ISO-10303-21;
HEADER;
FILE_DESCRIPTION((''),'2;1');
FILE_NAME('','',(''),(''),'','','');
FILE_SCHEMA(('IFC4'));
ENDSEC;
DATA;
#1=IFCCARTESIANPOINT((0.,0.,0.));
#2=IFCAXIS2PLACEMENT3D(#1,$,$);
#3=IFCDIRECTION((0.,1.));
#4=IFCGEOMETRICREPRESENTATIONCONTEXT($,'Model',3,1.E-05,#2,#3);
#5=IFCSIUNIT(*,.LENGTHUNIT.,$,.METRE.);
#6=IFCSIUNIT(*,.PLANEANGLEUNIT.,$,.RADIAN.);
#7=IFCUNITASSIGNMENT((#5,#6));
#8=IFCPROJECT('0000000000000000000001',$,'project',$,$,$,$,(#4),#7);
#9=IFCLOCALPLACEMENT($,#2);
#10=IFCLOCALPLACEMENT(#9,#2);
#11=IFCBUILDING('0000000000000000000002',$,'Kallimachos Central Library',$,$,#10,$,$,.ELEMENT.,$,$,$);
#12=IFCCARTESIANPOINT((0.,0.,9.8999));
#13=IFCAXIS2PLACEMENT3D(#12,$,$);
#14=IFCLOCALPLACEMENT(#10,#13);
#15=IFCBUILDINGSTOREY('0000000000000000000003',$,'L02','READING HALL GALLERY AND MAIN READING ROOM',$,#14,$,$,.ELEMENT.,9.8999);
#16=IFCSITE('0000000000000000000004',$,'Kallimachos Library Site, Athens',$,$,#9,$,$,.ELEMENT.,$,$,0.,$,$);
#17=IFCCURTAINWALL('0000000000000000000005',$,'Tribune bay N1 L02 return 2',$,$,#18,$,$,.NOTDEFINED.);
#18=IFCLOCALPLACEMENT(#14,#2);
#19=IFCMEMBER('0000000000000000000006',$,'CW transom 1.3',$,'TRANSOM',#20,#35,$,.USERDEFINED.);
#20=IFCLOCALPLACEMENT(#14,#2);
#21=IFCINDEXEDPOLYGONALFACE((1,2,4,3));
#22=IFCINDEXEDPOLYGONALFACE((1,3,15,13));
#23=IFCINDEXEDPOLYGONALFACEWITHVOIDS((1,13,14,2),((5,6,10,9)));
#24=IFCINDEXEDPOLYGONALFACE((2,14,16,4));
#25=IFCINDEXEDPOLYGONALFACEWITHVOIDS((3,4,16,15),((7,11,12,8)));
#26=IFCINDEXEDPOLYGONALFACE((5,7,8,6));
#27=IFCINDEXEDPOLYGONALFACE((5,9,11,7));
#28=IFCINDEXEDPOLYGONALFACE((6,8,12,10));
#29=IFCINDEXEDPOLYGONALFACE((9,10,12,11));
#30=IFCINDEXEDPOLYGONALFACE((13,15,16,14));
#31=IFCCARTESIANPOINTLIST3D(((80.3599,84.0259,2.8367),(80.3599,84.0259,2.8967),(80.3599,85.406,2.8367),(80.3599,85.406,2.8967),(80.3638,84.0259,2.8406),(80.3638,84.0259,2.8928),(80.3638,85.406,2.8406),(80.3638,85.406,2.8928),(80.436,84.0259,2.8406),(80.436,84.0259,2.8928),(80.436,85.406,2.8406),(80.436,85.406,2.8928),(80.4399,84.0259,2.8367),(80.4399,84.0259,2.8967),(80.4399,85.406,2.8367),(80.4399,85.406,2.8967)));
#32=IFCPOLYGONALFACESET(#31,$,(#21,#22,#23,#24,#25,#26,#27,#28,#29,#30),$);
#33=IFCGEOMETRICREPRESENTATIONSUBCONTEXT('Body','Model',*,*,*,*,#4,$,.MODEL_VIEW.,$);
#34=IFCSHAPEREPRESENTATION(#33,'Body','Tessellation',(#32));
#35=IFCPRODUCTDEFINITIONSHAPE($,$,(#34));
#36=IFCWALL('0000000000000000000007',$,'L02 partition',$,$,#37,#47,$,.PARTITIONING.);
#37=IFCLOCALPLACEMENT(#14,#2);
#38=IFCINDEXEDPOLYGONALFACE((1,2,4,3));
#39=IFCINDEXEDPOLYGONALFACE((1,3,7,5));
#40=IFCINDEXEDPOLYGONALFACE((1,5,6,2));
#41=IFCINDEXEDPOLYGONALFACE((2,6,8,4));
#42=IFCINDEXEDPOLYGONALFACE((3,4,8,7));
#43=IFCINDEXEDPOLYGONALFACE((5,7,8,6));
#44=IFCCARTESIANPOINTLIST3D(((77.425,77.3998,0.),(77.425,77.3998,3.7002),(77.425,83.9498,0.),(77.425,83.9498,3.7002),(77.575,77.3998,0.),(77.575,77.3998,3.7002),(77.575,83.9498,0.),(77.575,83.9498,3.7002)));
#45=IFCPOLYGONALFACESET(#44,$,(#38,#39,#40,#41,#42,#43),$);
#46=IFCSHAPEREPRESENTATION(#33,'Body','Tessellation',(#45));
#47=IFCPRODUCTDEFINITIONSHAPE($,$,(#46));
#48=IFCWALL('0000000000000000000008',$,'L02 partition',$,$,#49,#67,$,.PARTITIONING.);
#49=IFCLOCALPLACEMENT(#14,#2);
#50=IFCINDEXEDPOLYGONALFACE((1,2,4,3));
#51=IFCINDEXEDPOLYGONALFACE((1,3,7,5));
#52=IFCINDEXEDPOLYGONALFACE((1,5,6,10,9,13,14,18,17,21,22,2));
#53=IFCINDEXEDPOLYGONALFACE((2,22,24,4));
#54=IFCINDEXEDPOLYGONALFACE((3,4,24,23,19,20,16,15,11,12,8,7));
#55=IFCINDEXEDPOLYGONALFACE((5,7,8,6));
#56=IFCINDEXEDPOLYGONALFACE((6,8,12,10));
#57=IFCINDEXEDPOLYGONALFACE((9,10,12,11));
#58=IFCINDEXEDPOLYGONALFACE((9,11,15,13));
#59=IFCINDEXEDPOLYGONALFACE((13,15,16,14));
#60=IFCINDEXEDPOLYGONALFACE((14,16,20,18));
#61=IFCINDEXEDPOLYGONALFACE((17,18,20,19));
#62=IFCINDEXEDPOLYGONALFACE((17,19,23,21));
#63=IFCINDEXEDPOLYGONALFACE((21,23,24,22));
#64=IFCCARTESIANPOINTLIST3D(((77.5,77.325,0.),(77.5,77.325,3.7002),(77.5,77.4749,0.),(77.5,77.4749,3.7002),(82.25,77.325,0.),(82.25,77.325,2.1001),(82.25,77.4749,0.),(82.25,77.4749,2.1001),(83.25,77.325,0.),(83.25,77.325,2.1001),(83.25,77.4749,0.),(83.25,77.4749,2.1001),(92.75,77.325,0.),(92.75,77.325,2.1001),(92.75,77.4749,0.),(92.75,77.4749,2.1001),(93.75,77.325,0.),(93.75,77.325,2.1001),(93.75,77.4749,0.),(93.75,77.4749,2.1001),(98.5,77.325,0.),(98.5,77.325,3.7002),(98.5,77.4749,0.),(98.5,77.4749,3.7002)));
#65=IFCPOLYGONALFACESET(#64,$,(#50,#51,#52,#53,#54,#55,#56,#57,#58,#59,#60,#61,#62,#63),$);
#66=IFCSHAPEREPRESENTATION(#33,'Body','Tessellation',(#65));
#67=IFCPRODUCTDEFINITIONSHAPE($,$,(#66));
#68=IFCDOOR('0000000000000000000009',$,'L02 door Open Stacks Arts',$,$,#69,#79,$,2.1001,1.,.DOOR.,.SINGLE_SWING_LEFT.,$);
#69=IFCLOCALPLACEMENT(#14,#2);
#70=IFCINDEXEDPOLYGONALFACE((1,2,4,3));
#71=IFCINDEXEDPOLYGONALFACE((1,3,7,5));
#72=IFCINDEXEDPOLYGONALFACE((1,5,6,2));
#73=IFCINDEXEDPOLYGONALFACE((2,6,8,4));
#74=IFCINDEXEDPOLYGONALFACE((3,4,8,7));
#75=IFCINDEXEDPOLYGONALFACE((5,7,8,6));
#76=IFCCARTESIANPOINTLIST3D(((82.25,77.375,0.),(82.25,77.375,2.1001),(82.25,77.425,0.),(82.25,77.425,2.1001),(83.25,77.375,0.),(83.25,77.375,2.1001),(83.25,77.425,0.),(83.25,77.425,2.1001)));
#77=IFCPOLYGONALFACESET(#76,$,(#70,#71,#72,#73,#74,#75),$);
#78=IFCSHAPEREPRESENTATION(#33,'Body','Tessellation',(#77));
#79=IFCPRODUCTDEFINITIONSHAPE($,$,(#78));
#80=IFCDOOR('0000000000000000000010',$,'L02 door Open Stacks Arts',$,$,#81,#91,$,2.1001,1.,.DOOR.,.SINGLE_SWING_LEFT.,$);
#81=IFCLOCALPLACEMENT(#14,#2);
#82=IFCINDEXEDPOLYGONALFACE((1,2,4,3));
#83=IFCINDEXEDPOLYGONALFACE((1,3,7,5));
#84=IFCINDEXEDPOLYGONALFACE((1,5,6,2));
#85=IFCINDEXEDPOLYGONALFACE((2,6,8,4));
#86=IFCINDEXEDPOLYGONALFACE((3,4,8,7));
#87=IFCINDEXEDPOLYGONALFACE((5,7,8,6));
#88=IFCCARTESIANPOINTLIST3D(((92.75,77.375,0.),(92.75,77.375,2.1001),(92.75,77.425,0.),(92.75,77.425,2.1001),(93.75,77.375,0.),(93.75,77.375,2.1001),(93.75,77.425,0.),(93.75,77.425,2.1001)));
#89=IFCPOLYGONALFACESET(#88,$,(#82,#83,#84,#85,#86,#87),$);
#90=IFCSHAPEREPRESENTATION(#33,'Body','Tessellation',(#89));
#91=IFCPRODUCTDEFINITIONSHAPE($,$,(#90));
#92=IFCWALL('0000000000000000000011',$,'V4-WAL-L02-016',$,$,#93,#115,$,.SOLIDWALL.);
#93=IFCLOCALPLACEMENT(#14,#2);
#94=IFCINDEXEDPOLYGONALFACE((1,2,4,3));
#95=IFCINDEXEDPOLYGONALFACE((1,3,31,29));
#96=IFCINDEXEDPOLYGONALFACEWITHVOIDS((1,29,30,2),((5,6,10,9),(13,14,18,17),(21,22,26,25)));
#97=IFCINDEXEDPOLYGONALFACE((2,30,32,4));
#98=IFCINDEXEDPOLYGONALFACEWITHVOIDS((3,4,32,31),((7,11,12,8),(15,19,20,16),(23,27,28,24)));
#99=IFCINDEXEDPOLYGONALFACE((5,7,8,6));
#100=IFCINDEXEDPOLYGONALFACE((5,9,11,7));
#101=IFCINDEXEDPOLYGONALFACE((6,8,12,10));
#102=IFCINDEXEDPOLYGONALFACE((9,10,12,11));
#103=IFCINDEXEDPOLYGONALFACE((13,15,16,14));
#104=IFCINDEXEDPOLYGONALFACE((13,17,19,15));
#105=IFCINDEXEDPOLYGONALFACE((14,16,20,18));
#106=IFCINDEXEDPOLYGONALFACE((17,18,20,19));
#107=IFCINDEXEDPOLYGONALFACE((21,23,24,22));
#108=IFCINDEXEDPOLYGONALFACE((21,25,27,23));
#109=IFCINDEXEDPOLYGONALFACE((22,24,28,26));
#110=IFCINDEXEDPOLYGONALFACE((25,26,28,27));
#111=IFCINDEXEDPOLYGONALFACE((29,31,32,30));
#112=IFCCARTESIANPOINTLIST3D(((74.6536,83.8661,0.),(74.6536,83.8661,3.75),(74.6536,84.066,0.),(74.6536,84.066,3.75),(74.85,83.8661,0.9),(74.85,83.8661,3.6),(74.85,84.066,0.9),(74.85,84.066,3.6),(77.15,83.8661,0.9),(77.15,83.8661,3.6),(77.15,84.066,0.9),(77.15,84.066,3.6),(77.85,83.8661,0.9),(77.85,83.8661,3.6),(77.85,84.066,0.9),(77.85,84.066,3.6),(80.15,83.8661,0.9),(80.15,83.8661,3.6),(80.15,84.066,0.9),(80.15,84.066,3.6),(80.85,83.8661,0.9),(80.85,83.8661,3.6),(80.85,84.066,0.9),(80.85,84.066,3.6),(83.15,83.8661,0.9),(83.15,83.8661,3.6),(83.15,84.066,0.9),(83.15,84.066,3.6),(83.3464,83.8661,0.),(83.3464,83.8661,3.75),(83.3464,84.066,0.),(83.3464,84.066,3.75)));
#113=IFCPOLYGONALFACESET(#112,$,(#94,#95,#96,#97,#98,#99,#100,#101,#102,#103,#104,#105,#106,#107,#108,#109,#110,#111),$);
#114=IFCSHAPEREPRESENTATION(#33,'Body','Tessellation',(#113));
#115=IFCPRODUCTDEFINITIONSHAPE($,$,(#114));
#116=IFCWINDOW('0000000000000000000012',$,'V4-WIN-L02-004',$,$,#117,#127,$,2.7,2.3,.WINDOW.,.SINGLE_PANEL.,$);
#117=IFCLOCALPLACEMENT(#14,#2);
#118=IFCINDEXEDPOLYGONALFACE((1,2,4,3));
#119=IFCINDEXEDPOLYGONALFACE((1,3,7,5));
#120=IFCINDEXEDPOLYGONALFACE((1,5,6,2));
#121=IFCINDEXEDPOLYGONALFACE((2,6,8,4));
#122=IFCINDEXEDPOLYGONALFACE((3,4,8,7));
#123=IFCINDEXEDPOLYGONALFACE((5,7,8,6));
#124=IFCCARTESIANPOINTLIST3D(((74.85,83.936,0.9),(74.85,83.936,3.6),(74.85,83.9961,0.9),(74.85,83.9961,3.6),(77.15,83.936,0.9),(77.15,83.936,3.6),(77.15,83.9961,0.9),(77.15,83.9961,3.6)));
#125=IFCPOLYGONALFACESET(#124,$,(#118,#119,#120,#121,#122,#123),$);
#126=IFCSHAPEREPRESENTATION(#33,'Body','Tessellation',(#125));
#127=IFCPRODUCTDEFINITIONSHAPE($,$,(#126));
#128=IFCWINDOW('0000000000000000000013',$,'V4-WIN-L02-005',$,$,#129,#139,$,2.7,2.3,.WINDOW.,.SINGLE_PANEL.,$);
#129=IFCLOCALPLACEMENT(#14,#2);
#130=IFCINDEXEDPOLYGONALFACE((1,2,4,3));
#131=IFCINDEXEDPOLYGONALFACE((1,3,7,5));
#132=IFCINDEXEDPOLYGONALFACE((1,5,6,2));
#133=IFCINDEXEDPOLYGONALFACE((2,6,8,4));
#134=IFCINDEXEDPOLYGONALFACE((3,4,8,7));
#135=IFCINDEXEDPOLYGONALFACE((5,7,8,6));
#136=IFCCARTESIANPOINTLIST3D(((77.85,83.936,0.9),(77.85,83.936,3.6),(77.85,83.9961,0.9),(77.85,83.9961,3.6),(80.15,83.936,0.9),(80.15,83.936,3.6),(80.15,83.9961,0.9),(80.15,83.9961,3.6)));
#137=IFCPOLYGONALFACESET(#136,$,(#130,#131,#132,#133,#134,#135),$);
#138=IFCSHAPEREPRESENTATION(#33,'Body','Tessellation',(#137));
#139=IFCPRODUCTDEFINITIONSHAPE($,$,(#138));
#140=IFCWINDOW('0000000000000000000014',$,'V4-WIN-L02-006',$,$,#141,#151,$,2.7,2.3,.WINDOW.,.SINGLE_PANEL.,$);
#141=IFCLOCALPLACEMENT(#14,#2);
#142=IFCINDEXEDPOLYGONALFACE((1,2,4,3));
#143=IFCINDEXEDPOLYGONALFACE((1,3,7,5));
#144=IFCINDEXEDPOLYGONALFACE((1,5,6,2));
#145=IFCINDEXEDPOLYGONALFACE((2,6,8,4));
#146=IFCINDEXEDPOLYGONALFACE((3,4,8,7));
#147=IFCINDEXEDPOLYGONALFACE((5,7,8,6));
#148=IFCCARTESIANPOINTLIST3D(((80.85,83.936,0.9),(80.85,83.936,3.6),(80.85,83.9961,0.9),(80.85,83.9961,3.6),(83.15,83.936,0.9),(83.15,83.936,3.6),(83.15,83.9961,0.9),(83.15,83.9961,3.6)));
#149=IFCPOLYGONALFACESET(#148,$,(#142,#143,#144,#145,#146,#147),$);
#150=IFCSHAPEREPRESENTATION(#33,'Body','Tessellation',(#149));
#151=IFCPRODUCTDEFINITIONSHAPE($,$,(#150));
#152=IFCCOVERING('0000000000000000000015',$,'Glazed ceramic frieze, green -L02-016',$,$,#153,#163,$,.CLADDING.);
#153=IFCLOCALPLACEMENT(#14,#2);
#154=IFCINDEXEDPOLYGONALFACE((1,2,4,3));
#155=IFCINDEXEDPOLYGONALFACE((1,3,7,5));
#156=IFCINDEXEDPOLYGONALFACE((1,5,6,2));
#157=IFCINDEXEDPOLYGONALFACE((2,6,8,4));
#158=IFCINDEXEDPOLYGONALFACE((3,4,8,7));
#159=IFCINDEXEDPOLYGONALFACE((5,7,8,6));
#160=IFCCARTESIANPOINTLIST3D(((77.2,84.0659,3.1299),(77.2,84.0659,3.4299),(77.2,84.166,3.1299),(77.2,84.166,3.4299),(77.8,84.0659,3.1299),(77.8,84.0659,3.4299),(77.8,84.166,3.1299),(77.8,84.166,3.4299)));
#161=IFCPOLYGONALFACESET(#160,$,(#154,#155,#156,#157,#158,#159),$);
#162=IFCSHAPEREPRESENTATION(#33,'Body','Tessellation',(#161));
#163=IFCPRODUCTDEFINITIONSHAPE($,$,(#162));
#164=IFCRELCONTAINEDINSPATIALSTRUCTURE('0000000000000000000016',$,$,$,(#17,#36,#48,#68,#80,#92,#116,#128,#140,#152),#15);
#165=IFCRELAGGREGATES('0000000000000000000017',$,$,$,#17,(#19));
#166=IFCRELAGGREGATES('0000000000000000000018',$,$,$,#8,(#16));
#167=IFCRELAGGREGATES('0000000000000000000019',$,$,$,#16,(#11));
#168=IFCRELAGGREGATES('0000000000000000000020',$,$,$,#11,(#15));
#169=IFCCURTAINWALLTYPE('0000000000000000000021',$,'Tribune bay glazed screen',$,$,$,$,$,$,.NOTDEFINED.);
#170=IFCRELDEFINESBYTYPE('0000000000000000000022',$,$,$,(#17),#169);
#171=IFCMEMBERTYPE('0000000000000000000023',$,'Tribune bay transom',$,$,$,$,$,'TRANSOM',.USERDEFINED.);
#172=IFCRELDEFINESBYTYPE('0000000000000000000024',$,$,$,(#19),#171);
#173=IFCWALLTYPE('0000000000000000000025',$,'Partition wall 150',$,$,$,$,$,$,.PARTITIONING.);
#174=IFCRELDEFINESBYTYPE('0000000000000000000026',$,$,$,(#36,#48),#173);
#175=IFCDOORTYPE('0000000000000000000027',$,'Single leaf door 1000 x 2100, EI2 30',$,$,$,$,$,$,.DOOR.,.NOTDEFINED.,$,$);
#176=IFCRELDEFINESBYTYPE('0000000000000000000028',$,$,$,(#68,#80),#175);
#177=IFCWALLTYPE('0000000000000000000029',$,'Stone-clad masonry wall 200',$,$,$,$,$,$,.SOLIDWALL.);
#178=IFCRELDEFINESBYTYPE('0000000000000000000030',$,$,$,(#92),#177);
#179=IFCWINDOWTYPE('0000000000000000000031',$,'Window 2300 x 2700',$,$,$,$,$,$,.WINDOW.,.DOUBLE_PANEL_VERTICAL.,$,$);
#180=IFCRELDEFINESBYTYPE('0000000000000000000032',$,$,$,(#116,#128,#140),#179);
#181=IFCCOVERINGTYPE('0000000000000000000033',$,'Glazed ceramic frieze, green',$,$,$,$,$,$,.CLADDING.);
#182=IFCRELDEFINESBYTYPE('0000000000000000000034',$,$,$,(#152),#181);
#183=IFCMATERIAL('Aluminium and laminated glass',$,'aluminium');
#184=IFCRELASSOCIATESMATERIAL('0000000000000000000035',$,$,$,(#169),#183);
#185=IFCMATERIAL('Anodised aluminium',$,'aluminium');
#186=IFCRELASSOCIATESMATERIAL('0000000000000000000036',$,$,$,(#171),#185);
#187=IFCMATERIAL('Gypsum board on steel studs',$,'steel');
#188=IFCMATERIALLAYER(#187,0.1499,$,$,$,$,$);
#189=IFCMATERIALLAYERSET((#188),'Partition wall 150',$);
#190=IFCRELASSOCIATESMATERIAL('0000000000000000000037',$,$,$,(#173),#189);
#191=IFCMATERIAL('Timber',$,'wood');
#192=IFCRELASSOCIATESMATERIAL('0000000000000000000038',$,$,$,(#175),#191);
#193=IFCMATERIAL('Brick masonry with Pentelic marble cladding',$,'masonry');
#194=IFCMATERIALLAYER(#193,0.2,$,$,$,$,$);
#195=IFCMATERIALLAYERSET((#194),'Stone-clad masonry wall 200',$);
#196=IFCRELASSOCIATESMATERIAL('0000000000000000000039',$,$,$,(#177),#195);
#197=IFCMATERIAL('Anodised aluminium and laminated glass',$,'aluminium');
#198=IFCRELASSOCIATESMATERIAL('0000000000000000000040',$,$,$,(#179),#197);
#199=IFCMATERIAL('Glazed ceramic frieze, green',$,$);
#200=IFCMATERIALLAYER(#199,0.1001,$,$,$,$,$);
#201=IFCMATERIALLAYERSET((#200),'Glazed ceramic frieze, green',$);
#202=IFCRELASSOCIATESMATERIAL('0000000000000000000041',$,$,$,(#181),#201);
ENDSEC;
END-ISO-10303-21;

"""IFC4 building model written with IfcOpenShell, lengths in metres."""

from ifc_helpers import new_model, si_unit, direction, frame, frame_2d, origin, origin_2d, place, context, subcontext, project, spatial, rectangle, hollow_rectangle, extrude, material, layer, layer_set, material_profile, profile_set, type_object, element, fill, aggregate, save


model = new_model("IFC4")

# Units and contexts
model_context = context("Model", 3, precision=1e-05, world=origin(), true_north=direction((0.0, 1.0)))
body_context = subcontext(model_context, "Body", "Model", "MODEL_VIEW")
ifc_project = project(units=[si_unit("LENGTHUNIT", "METRE"), si_unit("PLANEANGLEUNIT", "RADIAN")], contexts=[model_context])

# Site, building, storey
site_placement = place(None, origin())
site = spatial("IfcSite", under=ifc_project, at=site_placement, Name="Kallimachos Library Site, Athens", CompositionType="ELEMENT", RefElevation=0.0)
building_placement = place(site_placement, origin())
building = spatial("IfcBuilding", under=site, at=building_placement, Name="Kallimachos Central Library", CompositionType="ELEMENT")
storey_placement = place(building_placement, frame((0.0, 0.0, 9.8999)))
storey = spatial("IfcBuildingStorey", under=building, at=storey_placement, Name="L02", Description="READING HALL GALLERY AND MAIN READING ROOM", CompositionType="ELEMENT", Elevation=9.8999)

# Curtain wall
ifc_material_1 = material(Name="Aluminium and laminated glass", Category="aluminium")
curtain_wall_type = type_object("IfcCurtainWallType", Name="Tribune bay glazed screen", PredefinedType="NOTDEFINED", material=ifc_material_1)
curtain_wall_1_placement = place(storey_placement, origin())
curtain_wall_1 = element("IfcCurtainWall", 1, at=curtain_wall_1_placement, inside=storey, type_object=curtain_wall_type, Name="Tribune bay N1 L02 return 2", PredefinedType="NOTDEFINED")
ifc_material_2 = material(Name="Anodised aluminium", Category="aluminium")
ifc_material_profile_1 = material_profile(ifc_material_2, hollow_rectangle(XDim=0.0601, YDim=0.0801, WallThickness=0.0039, at=origin_2d()), Name="ALU TRANSOM 60x80")
ifc_profile_set_1 = profile_set([ifc_material_profile_1], Name="Anodised aluminium")
member_type_1 = type_object("IfcMemberType", Name="Tribune bay transom", ElementType="TRANSOM", PredefinedType="USERDEFINED", material=ifc_profile_set_1)

# Member
member_1_placement = place(storey_placement, frame((80.3999, 84.0259, 2.8667), z_axis=(0.0, 1.0, 0.0), x_axis=(0.0, 0.0, 1.0)))
member_1 = element("IfcMember", 2, at=member_1_placement, type_object=member_type_1, Name="CW transom 1.3", ObjectType="TRANSOM", PredefinedType="USERDEFINED", context=body_context, shape_type="SweptSolid", body=[
    extrude(hollow_rectangle(XDim=0.0601, YDim=0.0801, WallThickness=0.0039, at=origin_2d()), origin(), (0.0, 0.0, 1.0), 1.3801),
])
aggregate(curtain_wall_1, [member_1])

# Wall
ifc_material_3 = material(Name="Gypsum board on steel studs", Category="steel")
ifc_layer_1 = layer(ifc_material_3, 0.1499)
ifc_layer_set_1 = layer_set([ifc_layer_1], Name="Partition wall 150")
wall_type_1 = type_object("IfcWallType", Name="Partition wall 150", PredefinedType="PARTITIONING", material=ifc_layer_set_1)
wall_1_placement = place(storey_placement, frame((77.5, 77.3999, 0.0), z_axis=(0.0, 0.0, 1.0), x_axis=(0.0, 1.0, 0.0)))
element("IfcWall", 3, at=wall_1_placement, inside=storey, type_object=wall_type_1, Name="L02 partition", PredefinedType="PARTITIONING", context=body_context, shape_type="SweptSolid", body=[
    extrude(rectangle(XDim=6.55, YDim=0.1499, at=frame_2d((3.2749, 0.0))), origin(), (0.0, 0.0, 1.0), 3.7002),
])

# Wall, openings, doors
wall_2_placement = place(storey_placement, frame((77.5, 77.3999, 0.0), z_axis=(0.0, 0.0, 1.0), x_axis=(1.0, 0.0, 0.0)))
wall_2 = element("IfcWall", 4, at=wall_2_placement, inside=storey, type_object=wall_type_1, Name="L02 partition", PredefinedType="PARTITIONING", context=body_context, shape_type="SweptSolid", body=[
    extrude(rectangle(XDim=21.0, YDim=0.1499, at=frame_2d((10.5, 0.0))), origin(), (0.0, 0.0, 1.0), 3.7002),
])
opening_1_placement = place(wall_2_placement, frame((4.75, 0.0, 0.0)))
opening_1 = element("IfcOpeningElement", 5, at=opening_1_placement, cuts=wall_2, PredefinedType="OPENING", context=body_context, shape_type="SweptSolid", body=[
    extrude(rectangle(XDim=1.0, YDim=2.1001, at=frame_2d((0.5, 1.05))), frame((0.0, 0.085, 0.0), z_axis=(0.0, -1.0, 0.0), x_axis=(1.0, 0.0, 0.0)), (0.0, 0.0, 1.0), 0.1699),
])
opening_2_placement = place(wall_2_placement, frame((15.25, 0.0, 0.0)))
opening_2 = element("IfcOpeningElement", 6, at=opening_2_placement, cuts=wall_2, PredefinedType="OPENING", context=body_context, shape_type="SweptSolid", body=[
    extrude(rectangle(XDim=1.0, YDim=2.1001, at=frame_2d((0.5, 1.05))), frame((0.0, 0.085, 0.0), z_axis=(0.0, -1.0, 0.0), x_axis=(1.0, 0.0, 0.0)), (0.0, 0.0, 1.0), 0.1699),
])
ifc_material_4 = material(Name="Timber", Category="wood")
door_type = type_object("IfcDoorType", Name="Single leaf door 1000 x 2100, EI2 30", OperationType="NOTDEFINED", PredefinedType="DOOR", material=ifc_material_4)
door_1_placement = place(opening_1_placement, frame((1.0, 0.0, 0.0), z_axis=(0.0, 0.0, 1.0), x_axis=(-1.0, 0.0, 0.0)))
door_1 = element("IfcDoor", 7, at=door_1_placement, inside=storey, type_object=door_type, Name="L02 door Open Stacks Arts", OperationType="SINGLE_SWING_LEFT", OverallHeight=2.1001, OverallWidth=1.0, PredefinedType="DOOR", context=body_context, shape_type="SweptSolid", body=[
    extrude(rectangle(XDim=1.0, YDim=2.1001, at=frame_2d((0.5, 1.05))), frame((0.0, 0.0249, 0.0), z_axis=(0.0, -1.0, 0.0), x_axis=(1.0, 0.0, 0.0)), (0.0, 0.0, 1.0), 0.05),
])
fill(opening_1, door_1)
door_2_placement = place(opening_2_placement, frame((1.0, 0.0, 0.0), z_axis=(0.0, 0.0, 1.0), x_axis=(-1.0, 0.0, 0.0)))
door_2 = element("IfcDoor", 8, at=door_2_placement, inside=storey, type_object=door_type, Name="L02 door Open Stacks Arts", OperationType="SINGLE_SWING_LEFT", OverallHeight=2.1001, OverallWidth=1.0, PredefinedType="DOOR", context=body_context, shape_type="SweptSolid", body=[
    extrude(rectangle(XDim=1.0, YDim=2.1001, at=frame_2d((0.5, 1.05))), frame((0.0, 0.0249, 0.0), z_axis=(0.0, -1.0, 0.0), x_axis=(1.0, 0.0, 0.0)), (0.0, 0.0, 1.0), 0.05),
])
fill(opening_2, door_2)

# Wall, openings, windows
ifc_material_5 = material(Name="Brick masonry with Pentelic marble cladding", Category="masonry")
ifc_layer_2 = layer(ifc_material_5, 0.2)
ifc_layer_set_2 = layer_set([ifc_layer_2], Name="Stone-clad masonry wall 200")
wall_type_2 = type_object("IfcWallType", Name="Stone-clad masonry wall 200", PredefinedType="SOLIDWALL", material=ifc_layer_set_2)
wall_3_placement = place(storey_placement, frame((74.6536, 83.9661, 0.0), z_axis=(0.0, 0.0, 1.0), x_axis=(1.0, 0.0, 0.0)))
wall_3 = element("IfcWall", 9, at=wall_3_placement, inside=storey, type_object=wall_type_2, Name="V4-WAL-L02-016", PredefinedType="SOLIDWALL", context=body_context, shape_type="SweptSolid", body=[
    extrude(rectangle(XDim=8.6929, YDim=0.2, at=frame_2d((4.3464, 0.0))), origin(), (0.0, 0.0, 1.0), 3.75),
])
opening_3_placement = place(wall_3_placement, frame((0.1965, 0.0, 0.8999)))
opening_3 = element("IfcOpeningElement", 10, at=opening_3_placement, cuts=wall_3, PredefinedType="OPENING", context=body_context, shape_type="SweptSolid", body=[
    extrude(rectangle(XDim=2.3, YDim=2.7, at=frame_2d((1.1499, 1.3501))), frame((0.0, 0.1099, 0.0), z_axis=(0.0, -1.0, 0.0), x_axis=(1.0, 0.0, 0.0)), (0.0, 0.0, 1.0), 0.22),
])
opening_4_placement = place(wall_3_placement, frame((3.1965, 0.0, 0.8999)))
opening_4 = element("IfcOpeningElement", 11, at=opening_4_placement, cuts=wall_3, PredefinedType="OPENING", context=body_context, shape_type="SweptSolid", body=[
    extrude(rectangle(XDim=2.3, YDim=2.7, at=frame_2d((1.1499, 1.3501))), frame((0.0, 0.1099, 0.0), z_axis=(0.0, -1.0, 0.0), x_axis=(1.0, 0.0, 0.0)), (0.0, 0.0, 1.0), 0.22),
])
opening_5_placement = place(wall_3_placement, frame((6.1965, 0.0, 0.8999)))
opening_5 = element("IfcOpeningElement", 12, at=opening_5_placement, cuts=wall_3, PredefinedType="OPENING", context=body_context, shape_type="SweptSolid", body=[
    extrude(rectangle(XDim=2.3, YDim=2.7, at=frame_2d((1.1499, 1.3501))), frame((0.0, 0.1099, 0.0), z_axis=(0.0, -1.0, 0.0), x_axis=(1.0, 0.0, 0.0)), (0.0, 0.0, 1.0), 0.22),
])
ifc_material_6 = material(Name="Anodised aluminium and laminated glass", Category="aluminium")
window_type = type_object("IfcWindowType", Name="Window 2300 x 2700", PartitioningType="DOUBLE_PANEL_VERTICAL", PredefinedType="WINDOW", material=ifc_material_6)
window_1_placement = place(opening_3_placement, origin())
window_1 = element("IfcWindow", 13, at=window_1_placement, inside=storey, type_object=window_type, Name="V4-WIN-L02-004", OverallHeight=2.7, OverallWidth=2.3, PartitioningType="SINGLE_PANEL", PredefinedType="WINDOW", context=body_context, shape_type="SweptSolid", body=[
    extrude(rectangle(XDim=2.3, YDim=2.7, at=frame_2d((1.1499, 1.3501))), frame((0.0, 0.03, 0.0), z_axis=(0.0, -1.0, 0.0), x_axis=(1.0, 0.0, 0.0)), (0.0, 0.0, 1.0), 0.0601),
])
fill(opening_3, window_1)
window_2_placement = place(opening_4_placement, origin())
window_2 = element("IfcWindow", 14, at=window_2_placement, inside=storey, type_object=window_type, Name="V4-WIN-L02-005", OverallHeight=2.7, OverallWidth=2.3, PartitioningType="SINGLE_PANEL", PredefinedType="WINDOW", context=body_context, shape_type="SweptSolid", body=[
    extrude(rectangle(XDim=2.3, YDim=2.7, at=frame_2d((1.1499, 1.3501))), frame((0.0, 0.03, 0.0), z_axis=(0.0, -1.0, 0.0), x_axis=(1.0, 0.0, 0.0)), (0.0, 0.0, 1.0), 0.0601),
])
fill(opening_4, window_2)
window_3_placement = place(opening_5_placement, origin())
window_3 = element("IfcWindow", 15, at=window_3_placement, inside=storey, type_object=window_type, Name="V4-WIN-L02-006", OverallHeight=2.7, OverallWidth=2.3, PartitioningType="SINGLE_PANEL", PredefinedType="WINDOW", context=body_context, shape_type="SweptSolid", body=[
    extrude(rectangle(XDim=2.3, YDim=2.7, at=frame_2d((1.1499, 1.3501))), frame((0.0, 0.03, 0.0), z_axis=(0.0, -1.0, 0.0), x_axis=(1.0, 0.0, 0.0)), (0.0, 0.0, 1.0), 0.0601),
])
fill(opening_5, window_3)

# Covering
ifc_material_7 = material(Name="Glazed ceramic frieze, green")
ifc_layer_3 = layer(ifc_material_7, 0.1001)
ifc_layer_set_3 = layer_set([ifc_layer_3], Name="Glazed ceramic frieze, green")
covering_type_1 = type_object("IfcCoveringType", Name="Glazed ceramic frieze, green", PredefinedType="CLADDING", material=ifc_layer_set_3)
covering_1_placement = place(storey_placement, frame((77.5, 84.116, 3.1299), z_axis=(0.0, 0.0, 1.0), x_axis=(1.0, 0.0, 0.0)))
element("IfcCovering", 16, at=covering_1_placement, inside=storey, type_object=covering_type_1, Name="Glazed ceramic frieze, green -L02-016", PredefinedType="CLADDING", context=body_context, shape_type="SweptSolid", body=[
    extrude(rectangle(XDim=0.6001, YDim=0.1001, at=origin_2d()), origin(), (0.0, 0.0, 1.0), 0.3),
])

save(model, "model.ifc")
